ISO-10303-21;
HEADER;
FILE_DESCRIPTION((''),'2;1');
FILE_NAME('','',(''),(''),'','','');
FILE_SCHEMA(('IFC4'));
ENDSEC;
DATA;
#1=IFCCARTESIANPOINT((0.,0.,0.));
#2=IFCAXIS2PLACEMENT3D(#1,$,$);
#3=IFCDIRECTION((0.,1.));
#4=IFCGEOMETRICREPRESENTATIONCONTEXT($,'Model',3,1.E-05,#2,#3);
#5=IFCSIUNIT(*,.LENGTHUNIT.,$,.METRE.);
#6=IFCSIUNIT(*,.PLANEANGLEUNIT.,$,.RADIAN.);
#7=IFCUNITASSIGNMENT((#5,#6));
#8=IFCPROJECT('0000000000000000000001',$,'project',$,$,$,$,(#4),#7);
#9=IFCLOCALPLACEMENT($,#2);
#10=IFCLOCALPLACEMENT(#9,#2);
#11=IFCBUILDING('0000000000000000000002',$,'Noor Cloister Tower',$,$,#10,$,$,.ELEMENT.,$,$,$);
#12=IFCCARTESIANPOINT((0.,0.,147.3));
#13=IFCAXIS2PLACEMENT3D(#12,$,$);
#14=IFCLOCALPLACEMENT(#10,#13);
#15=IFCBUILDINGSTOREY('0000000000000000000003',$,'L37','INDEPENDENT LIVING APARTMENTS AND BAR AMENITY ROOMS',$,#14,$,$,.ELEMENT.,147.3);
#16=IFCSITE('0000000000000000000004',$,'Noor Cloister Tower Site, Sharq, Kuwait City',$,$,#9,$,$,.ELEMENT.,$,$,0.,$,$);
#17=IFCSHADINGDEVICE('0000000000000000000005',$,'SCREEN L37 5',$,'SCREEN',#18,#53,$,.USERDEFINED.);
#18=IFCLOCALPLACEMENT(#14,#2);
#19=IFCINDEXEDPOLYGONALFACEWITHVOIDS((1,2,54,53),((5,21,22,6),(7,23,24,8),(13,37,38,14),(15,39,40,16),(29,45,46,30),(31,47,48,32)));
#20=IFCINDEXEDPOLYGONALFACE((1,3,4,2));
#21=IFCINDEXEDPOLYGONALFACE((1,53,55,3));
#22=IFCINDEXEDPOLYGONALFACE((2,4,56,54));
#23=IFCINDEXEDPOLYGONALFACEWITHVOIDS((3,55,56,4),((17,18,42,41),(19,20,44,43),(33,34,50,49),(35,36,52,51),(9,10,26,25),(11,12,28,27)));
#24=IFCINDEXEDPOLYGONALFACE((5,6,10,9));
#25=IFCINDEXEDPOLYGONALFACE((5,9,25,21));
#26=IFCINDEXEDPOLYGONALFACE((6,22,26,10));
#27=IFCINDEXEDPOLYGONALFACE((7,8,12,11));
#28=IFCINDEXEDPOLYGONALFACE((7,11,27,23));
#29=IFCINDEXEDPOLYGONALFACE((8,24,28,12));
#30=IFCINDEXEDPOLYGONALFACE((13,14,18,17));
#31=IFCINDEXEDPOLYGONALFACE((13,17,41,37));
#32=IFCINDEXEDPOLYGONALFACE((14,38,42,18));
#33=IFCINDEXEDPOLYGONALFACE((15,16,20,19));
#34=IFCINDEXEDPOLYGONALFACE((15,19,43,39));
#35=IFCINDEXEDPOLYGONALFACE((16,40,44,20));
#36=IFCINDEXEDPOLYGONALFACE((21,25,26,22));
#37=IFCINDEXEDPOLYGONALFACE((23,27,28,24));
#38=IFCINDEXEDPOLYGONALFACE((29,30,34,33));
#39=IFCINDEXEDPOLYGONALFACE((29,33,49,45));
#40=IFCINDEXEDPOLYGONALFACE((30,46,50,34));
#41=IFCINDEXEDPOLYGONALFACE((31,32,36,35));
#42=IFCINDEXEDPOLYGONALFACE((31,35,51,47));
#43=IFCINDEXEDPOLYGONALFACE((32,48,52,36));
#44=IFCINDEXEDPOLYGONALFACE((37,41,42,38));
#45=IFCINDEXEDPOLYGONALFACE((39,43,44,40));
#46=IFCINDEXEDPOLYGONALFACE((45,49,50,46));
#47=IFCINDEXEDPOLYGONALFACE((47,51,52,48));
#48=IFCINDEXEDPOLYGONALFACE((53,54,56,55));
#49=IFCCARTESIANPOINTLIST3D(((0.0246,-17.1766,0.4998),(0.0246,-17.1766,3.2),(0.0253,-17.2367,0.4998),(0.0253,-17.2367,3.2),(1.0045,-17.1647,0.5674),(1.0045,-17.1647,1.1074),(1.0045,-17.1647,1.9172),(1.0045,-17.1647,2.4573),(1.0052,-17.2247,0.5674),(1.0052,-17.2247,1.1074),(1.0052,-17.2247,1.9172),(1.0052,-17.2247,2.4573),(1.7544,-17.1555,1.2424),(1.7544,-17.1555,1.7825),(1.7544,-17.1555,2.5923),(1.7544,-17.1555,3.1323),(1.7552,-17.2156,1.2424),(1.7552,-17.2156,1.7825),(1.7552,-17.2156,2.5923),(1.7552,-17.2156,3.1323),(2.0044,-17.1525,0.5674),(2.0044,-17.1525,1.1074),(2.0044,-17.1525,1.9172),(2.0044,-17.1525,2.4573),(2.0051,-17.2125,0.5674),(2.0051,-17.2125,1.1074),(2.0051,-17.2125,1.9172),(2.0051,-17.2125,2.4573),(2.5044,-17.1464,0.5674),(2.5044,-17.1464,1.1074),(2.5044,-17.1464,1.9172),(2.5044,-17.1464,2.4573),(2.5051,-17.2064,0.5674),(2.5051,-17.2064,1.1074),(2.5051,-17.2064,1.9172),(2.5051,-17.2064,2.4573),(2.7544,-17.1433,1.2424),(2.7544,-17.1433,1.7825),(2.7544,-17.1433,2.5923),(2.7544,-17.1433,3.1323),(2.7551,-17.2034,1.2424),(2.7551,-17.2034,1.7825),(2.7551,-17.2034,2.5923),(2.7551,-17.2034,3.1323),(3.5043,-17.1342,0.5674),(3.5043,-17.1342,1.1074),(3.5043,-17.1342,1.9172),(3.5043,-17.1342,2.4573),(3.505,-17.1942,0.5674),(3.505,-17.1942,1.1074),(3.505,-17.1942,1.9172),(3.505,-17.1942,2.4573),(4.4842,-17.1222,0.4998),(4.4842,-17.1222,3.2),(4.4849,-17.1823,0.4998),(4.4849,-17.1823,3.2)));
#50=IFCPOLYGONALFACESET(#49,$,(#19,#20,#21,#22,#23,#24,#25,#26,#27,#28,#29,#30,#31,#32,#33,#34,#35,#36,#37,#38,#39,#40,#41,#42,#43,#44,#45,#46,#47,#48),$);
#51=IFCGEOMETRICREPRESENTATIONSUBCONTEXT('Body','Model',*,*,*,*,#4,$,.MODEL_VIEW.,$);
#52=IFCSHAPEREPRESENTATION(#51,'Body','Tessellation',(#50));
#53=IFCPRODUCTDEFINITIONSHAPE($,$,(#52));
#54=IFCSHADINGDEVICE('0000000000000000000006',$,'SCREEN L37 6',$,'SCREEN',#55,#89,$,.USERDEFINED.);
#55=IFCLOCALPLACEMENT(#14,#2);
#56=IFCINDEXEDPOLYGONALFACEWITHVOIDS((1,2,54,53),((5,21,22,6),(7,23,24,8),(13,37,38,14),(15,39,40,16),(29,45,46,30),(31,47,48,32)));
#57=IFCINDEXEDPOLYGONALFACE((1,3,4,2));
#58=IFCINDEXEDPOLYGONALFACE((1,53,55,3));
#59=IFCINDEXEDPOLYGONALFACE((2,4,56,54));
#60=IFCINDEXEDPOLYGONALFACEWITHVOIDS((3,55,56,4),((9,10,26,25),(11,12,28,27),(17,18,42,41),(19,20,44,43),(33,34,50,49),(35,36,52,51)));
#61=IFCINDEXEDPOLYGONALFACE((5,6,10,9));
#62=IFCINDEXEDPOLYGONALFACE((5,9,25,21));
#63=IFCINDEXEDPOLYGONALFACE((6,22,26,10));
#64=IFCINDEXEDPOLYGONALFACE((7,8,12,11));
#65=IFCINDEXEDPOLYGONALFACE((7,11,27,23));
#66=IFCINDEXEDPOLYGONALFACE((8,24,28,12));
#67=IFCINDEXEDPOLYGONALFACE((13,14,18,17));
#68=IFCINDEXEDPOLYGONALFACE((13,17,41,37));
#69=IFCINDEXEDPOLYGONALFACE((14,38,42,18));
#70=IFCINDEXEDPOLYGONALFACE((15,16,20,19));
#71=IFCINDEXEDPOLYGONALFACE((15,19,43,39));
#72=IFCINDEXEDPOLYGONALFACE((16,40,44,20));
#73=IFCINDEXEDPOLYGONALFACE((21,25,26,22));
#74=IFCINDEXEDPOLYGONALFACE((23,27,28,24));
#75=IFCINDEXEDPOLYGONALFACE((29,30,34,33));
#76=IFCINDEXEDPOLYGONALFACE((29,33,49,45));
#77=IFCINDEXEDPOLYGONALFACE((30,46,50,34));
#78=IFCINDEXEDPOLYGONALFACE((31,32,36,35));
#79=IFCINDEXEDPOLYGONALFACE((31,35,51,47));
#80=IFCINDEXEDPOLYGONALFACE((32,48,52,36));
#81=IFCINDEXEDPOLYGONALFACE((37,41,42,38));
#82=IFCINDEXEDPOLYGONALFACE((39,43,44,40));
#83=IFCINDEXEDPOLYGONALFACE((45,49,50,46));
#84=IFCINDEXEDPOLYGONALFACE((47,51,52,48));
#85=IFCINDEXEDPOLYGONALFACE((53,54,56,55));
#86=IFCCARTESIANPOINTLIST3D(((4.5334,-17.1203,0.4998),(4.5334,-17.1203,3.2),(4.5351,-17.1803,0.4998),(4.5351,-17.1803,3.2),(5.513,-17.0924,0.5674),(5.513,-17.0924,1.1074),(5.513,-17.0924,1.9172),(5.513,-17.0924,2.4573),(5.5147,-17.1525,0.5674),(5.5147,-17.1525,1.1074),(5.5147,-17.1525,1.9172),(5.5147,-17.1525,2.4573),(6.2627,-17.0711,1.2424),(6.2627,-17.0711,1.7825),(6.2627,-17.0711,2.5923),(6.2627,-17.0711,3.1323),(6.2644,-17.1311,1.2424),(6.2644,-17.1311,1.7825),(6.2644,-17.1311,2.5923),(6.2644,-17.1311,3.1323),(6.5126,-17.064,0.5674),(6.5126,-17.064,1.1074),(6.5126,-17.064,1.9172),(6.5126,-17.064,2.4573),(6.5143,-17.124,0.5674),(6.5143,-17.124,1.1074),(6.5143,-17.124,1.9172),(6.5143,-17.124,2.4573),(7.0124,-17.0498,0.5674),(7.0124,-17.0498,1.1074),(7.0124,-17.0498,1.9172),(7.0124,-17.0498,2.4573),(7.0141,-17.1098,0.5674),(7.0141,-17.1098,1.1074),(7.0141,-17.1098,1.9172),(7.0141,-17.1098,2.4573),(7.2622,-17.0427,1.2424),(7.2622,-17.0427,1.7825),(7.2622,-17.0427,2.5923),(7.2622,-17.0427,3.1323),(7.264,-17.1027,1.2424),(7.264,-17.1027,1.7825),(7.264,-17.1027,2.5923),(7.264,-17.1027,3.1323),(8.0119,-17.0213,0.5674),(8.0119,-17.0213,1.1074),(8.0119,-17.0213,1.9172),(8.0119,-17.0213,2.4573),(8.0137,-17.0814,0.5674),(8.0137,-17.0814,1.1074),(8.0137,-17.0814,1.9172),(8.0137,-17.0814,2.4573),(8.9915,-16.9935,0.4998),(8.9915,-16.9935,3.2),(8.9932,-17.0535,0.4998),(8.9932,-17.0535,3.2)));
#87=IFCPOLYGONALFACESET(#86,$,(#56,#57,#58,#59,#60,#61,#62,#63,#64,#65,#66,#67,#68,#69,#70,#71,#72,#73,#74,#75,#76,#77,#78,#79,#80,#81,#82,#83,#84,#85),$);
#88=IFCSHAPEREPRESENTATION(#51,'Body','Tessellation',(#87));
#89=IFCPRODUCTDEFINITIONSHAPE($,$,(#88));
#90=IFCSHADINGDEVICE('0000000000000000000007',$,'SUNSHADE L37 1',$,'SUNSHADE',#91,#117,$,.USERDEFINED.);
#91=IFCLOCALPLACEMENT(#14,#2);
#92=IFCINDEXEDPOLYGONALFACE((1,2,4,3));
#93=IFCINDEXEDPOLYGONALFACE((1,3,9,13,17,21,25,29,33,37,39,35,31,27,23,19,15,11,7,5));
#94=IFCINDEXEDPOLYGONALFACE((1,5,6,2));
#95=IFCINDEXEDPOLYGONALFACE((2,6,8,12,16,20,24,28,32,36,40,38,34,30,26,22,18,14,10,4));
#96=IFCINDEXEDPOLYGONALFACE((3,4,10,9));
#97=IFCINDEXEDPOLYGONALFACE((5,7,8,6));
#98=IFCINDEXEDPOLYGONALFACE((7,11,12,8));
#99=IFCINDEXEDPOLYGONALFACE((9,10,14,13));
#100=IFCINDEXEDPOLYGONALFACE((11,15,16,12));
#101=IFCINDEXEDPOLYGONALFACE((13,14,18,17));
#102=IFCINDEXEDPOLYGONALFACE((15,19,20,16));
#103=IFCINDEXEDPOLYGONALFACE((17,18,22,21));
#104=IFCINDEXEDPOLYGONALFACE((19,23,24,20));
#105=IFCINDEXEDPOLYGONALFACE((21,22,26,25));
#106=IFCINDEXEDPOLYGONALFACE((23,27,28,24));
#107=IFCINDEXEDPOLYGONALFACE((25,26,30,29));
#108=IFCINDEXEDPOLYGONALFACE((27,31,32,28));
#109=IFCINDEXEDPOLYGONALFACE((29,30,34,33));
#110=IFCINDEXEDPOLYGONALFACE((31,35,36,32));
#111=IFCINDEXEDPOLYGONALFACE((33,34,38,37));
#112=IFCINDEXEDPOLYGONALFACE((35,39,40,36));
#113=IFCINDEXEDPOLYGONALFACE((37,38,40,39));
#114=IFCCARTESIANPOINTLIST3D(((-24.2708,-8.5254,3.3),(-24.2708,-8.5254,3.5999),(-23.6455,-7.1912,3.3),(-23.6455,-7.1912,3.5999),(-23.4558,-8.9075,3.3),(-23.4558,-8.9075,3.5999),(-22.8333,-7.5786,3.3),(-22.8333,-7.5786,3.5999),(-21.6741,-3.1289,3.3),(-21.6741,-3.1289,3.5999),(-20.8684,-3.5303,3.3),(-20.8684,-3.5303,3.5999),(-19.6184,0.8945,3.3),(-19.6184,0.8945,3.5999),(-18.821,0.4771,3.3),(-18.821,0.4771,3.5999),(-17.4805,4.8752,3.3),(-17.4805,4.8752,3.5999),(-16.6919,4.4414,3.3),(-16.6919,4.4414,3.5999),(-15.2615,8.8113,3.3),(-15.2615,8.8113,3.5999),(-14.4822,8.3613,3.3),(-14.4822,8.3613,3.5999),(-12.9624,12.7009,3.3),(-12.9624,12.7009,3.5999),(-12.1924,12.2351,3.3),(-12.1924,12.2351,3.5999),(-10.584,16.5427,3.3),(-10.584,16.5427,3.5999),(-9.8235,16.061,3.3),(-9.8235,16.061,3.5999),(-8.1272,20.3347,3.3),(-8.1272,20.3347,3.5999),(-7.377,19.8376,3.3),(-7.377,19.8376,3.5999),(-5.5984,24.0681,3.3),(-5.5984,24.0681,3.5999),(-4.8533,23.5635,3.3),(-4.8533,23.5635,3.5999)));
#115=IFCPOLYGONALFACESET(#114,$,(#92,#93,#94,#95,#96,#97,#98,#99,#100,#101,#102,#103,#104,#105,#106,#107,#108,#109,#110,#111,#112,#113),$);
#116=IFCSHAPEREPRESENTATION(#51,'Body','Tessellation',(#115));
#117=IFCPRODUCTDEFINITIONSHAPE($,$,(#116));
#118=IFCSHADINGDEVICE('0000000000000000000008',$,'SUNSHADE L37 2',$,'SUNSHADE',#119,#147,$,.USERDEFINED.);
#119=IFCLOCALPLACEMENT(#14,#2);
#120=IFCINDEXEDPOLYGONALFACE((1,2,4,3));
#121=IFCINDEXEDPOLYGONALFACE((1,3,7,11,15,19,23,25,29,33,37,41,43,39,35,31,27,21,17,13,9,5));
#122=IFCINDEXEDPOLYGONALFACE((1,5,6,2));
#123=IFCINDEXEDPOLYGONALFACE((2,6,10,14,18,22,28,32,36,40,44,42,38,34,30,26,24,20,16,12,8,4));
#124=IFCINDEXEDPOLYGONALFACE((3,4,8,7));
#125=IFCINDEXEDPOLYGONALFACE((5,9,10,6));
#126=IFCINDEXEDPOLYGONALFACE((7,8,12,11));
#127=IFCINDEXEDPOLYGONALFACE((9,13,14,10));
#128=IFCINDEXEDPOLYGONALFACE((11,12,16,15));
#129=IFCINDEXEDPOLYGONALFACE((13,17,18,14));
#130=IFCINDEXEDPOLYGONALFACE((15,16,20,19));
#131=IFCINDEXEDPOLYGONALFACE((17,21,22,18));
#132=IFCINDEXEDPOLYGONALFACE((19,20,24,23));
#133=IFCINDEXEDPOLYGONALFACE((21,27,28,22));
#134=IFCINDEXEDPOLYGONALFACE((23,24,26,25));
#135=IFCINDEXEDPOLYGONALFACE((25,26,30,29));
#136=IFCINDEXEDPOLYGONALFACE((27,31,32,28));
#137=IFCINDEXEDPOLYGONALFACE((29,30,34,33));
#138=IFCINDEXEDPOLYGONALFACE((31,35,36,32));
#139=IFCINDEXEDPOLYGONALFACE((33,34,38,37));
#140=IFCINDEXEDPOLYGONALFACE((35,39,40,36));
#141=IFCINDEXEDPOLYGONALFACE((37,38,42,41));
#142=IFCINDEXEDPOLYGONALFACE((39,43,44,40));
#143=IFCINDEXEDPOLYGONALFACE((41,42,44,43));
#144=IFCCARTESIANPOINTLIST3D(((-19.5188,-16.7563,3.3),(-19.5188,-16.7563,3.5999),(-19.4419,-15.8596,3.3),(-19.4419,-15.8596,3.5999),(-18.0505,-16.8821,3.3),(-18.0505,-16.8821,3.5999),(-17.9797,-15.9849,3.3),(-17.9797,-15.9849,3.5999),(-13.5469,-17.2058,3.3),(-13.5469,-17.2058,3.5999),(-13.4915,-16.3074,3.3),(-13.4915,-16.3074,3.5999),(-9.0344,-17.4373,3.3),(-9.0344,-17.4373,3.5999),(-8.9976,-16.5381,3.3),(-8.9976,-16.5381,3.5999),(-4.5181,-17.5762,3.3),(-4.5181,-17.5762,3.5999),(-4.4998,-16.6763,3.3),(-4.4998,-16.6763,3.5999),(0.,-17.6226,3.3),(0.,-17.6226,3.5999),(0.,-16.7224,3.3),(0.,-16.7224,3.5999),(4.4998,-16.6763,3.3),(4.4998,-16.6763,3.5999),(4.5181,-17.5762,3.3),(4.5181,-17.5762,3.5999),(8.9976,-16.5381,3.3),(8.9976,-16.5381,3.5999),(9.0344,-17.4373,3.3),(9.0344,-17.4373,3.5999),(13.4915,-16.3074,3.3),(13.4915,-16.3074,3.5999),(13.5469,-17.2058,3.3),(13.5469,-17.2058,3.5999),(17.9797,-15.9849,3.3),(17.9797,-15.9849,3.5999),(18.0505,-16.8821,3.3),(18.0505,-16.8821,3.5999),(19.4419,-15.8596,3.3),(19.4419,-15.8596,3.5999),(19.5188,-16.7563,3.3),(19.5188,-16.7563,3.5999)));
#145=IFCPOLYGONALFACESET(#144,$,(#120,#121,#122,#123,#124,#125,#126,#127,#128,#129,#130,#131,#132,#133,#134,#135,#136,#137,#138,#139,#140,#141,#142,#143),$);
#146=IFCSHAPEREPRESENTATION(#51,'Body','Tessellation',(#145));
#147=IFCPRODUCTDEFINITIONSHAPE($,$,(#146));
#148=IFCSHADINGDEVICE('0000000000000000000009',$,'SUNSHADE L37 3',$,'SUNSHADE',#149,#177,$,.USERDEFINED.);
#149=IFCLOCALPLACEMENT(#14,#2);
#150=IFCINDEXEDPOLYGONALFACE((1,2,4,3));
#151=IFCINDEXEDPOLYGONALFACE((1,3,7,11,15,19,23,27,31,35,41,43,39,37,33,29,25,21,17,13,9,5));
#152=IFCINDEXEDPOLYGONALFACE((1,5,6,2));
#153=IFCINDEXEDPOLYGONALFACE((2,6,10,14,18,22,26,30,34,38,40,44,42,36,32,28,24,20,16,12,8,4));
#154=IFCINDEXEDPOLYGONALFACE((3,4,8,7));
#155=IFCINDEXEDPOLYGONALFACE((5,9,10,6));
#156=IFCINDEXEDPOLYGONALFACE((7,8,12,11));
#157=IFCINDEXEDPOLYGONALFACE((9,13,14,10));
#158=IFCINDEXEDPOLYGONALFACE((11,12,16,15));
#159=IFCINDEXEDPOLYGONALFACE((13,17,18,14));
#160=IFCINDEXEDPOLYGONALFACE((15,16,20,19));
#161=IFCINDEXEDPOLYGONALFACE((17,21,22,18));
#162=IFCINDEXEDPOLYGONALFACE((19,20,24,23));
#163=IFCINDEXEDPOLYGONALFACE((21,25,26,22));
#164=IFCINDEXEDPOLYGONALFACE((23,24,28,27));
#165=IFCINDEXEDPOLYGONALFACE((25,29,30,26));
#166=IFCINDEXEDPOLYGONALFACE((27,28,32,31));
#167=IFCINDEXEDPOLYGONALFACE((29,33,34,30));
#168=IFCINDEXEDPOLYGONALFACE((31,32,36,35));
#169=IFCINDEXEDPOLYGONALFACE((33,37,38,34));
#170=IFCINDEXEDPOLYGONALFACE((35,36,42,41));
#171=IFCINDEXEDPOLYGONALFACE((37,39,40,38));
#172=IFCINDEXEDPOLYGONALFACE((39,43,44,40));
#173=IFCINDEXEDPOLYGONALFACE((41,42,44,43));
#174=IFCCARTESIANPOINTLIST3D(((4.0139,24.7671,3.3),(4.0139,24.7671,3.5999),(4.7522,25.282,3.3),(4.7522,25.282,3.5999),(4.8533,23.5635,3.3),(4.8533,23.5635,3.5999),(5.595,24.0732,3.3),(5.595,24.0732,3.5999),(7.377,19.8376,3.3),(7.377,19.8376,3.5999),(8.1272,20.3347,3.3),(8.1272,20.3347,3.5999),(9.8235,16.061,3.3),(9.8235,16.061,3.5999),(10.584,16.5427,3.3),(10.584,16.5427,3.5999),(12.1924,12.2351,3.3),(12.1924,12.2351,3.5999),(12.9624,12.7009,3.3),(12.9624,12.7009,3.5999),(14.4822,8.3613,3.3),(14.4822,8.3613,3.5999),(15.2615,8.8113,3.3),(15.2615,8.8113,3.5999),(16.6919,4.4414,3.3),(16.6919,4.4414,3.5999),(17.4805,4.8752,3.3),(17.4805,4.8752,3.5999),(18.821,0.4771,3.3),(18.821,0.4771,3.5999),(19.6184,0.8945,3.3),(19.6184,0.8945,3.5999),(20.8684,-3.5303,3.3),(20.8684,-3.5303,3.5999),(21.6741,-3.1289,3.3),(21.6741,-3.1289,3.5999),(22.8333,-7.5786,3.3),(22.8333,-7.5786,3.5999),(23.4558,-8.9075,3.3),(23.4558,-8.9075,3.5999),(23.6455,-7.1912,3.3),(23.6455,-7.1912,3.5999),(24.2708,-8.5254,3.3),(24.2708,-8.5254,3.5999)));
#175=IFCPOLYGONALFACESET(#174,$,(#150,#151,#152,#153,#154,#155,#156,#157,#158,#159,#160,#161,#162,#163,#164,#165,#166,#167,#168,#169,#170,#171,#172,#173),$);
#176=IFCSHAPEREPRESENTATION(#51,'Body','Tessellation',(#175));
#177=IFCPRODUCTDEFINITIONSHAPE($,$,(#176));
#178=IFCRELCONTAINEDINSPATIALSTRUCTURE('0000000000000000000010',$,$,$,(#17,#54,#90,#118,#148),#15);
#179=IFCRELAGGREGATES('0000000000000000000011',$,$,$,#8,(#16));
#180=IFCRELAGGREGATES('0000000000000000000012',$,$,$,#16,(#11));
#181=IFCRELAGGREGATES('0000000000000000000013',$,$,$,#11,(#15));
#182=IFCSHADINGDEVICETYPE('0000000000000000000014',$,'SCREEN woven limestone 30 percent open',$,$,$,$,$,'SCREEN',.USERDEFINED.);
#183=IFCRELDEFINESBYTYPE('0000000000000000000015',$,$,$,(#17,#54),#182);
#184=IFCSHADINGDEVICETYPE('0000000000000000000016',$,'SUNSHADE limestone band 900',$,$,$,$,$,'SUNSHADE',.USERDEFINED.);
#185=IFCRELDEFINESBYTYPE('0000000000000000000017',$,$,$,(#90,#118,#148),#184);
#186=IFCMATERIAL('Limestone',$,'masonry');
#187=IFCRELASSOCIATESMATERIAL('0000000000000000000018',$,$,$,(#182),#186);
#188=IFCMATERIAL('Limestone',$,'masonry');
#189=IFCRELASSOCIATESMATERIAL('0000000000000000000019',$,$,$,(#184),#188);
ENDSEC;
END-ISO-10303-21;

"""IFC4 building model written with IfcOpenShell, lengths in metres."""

from ifc_helpers import new_model, si_unit, direction, frame, origin, place, context, subcontext, project, spatial, polyline, outline, extrude, material, material_profile, profile_set, type_object, element, save


model = new_model("IFC4")

# Units and contexts
model_context = context("Model", 3, precision=1e-05, world=origin(), true_north=direction((0.0, 1.0)))
body_context = subcontext(model_context, "Body", "Model", "MODEL_VIEW")
ifc_project = project(units=[si_unit("LENGTHUNIT", "METRE"), si_unit("PLANEANGLEUNIT", "RADIAN")], contexts=[model_context])

# Site, building, storey
site_placement = place(None, origin())
site = spatial("IfcSite", under=ifc_project, at=site_placement, Name="Noor Cloister Tower Site, Sharq, Kuwait City", CompositionType="ELEMENT", RefElevation=0.0)
building_placement = place(site_placement, origin())
building = spatial("IfcBuilding", under=site, at=building_placement, Name="Noor Cloister Tower", CompositionType="ELEMENT")
storey_placement = place(building_placement, frame((0.0, 0.0, 147.3)))
storey = spatial("IfcBuildingStorey", under=building, at=storey_placement, Name="L37", Description="INDEPENDENT LIVING APARTMENTS AND BAR AMENITY ROOMS", CompositionType="ELEMENT", Elevation=147.3)

# Shading devices
ifc_material_1 = material(Name="Limestone", Category="masonry")
ifc_material_profile_1 = material_profile(ifc_material_1, outline(polyline([(-2.23, -1.3501), (2.23, -1.3501), (2.23, 1.3501), (-2.23, 1.3501), (-2.23, -1.3501)]), holes=[polyline([(-1.25, -1.2825), (-0.25, -1.2825), (-0.25, -0.7424), (-1.25, -0.7424), (-1.25, -1.2825)]), polyline([(0.25, -1.2825), (1.25, -1.2825), (1.25, -0.7424), (0.25, -0.7424), (0.25, -1.2825)]), polyline([(-0.5, -0.6074), (0.5, -0.6074), (0.5, -0.0674), (-0.5, -0.0674), (-0.5, -0.6074)]), polyline([(-1.25, 0.0674), (-0.25, 0.0674), (-0.25, 0.6074), (-1.25, 0.6074), (-1.25, 0.0674)]), polyline([(0.25, 0.0674), (1.25, 0.0674), (1.25, 0.6074), (0.25, 0.6074), (0.25, 0.0674)]), polyline([(-0.5, 0.7424), (0.5, 0.7424), (0.5, 1.2825), (-0.5, 1.2825), (-0.5, 0.7424)])]), Name="Woven screen 30 percent open")
ifc_profile_set_1 = profile_set([ifc_material_profile_1], Name="Limestone")
shading_device_type_1 = type_object("IfcShadingDeviceType", Name="SCREEN woven limestone 30 percent open", ElementType="SCREEN", PredefinedType="USERDEFINED", material=ifc_profile_set_1)
for number, where, z_axis, x_axis, name in (
    (1, (2.2544, -17.1494, 1.8499), (0.012194, -0.999926, 0.0), (0.999926, 0.012194, 0.0), "SCREEN L37 5"),
    (2, (6.7625, -17.0569, 1.8499), (0.028444, -0.999595, 0.0), (0.999595, 0.028444, 0.0), "SCREEN L37 6"),
):
    element("IfcShadingDevice", number, at=place(storey_placement, frame(where, z_axis=z_axis, x_axis=x_axis)), inside=storey, type_object=shading_device_type_1, Name=name, ObjectType="SCREEN", PredefinedType="USERDEFINED", context=body_context, shape_type="SweptSolid", body=[
        extrude(outline(polyline([(-2.23, -1.3501), (2.23, -1.3501), (2.23, 1.3501), (-2.23, 1.3501), (-2.23, -1.3501)]), holes=[polyline([(-1.25, -1.2825), (-0.25, -1.2825), (-0.25, -0.7424), (-1.25, -0.7424), (-1.25, -1.2825)]), polyline([(0.25, -1.2825), (1.25, -1.2825), (1.25, -0.7424), (0.25, -0.7424), (0.25, -1.2825)]), polyline([(-0.5, -0.6074), (0.5, -0.6074), (0.5, -0.0674), (-0.5, -0.0674), (-0.5, -0.6074)]), polyline([(-1.25, 0.0674), (-0.25, 0.0674), (-0.25, 0.6074), (-1.25, 0.6074), (-1.25, 0.0674)]), polyline([(0.25, 0.0674), (1.25, 0.0674), (1.25, 0.6074), (0.25, 0.6074), (0.25, 0.0674)]), polyline([(-0.5, 0.7424), (0.5, 0.7424), (0.5, 1.2825), (-0.5, 1.2825), (-0.5, 0.7424)])]), origin(), (0.0, 0.0, 1.0), 0.0601),
    ])
ifc_material_2 = material(Name="Limestone", Category="masonry")
shading_device_type_2 = type_object("IfcShadingDeviceType", Name="SUNSHADE limestone band 900", ElementType="SUNSHADE", PredefinedType="USERDEFINED", material=ifc_material_2)
shading_device_1_placement = place(storey_placement, frame((0.0, 0.0, 3.3)))
element("IfcShadingDevice", 3, at=shading_device_1_placement, inside=storey, type_object=shading_device_type_2, Name="SUNSHADE L37 1", ObjectType="SUNSHADE", PredefinedType="USERDEFINED", context=body_context, shape_type="SweptSolid", body=[
    extrude(outline(polyline([(-5.5984, 24.0681), (-8.1272, 20.3347), (-10.584, 16.5427), (-12.9624, 12.7009), (-15.2615, 8.8113), (-17.4805, 4.8752), (-19.6184, 0.8945), (-21.6741, -3.1289), (-23.6455, -7.1912), (-24.2708, -8.5254), (-23.4558, -8.9075), (-22.8333, -7.5786), (-20.8684, -3.5303), (-18.821, 0.4771), (-16.6919, 4.4414), (-14.4822, 8.3613), (-12.1924, 12.2351), (-9.8235, 16.061), (-7.377, 19.8376), (-4.8533, 23.5635), (-5.5984, 24.0681)])), origin(), (0.0, 0.0, 1.0), 0.2998),
])
shading_device_2_placement = place(storey_placement, frame((0.0, 0.0, 3.3)))
element("IfcShadingDevice", 4, at=shading_device_2_placement, inside=storey, type_object=shading_device_type_2, Name="SUNSHADE L37 2", ObjectType="SUNSHADE", PredefinedType="USERDEFINED", context=body_context, shape_type="SweptSolid", body=[
    extrude(outline(polyline([(-19.5188, -16.7563), (-18.0505, -16.8821), (-13.5469, -17.2058), (-9.0344, -17.4373), (-4.5181, -17.5762), (0.0, -17.6226), (4.5181, -17.5762), (9.0344, -17.4373), (13.5469, -17.2058), (18.0505, -16.8821), (19.5188, -16.7563), (19.4419, -15.8596), (17.9797, -15.9849), (13.4915, -16.3074), (8.9976, -16.5381), (4.4998, -16.6763), (0.0, -16.7224), (-4.4998, -16.6763), (-8.9976, -16.5381), (-13.4915, -16.3074), (-17.9797, -15.9849), (-19.4419, -15.8596), (-19.5188, -16.7563)])), origin(), (0.0, 0.0, 1.0), 0.2998),
])
shading_device_3_placement = place(storey_placement, frame((0.0, 0.0, 3.3)))
element("IfcShadingDevice", 5, at=shading_device_3_placement, inside=storey, type_object=shading_device_type_2, Name="SUNSHADE L37 3", ObjectType="SUNSHADE", PredefinedType="USERDEFINED", context=body_context, shape_type="SweptSolid", body=[
    extrude(outline(polyline([(24.2708, -8.5254), (23.6455, -7.1912), (21.6741, -3.1289), (19.6184, 0.8945), (17.4805, 4.8752), (15.2615, 8.8113), (12.9624, 12.7009), (10.584, 16.5427), (8.1272, 20.3347), (5.595, 24.0732), (4.7522, 25.282), (4.0139, 24.7671), (4.8533, 23.5635), (7.377, 19.8376), (9.8235, 16.061), (12.1924, 12.2351), (14.4822, 8.3613), (16.6919, 4.4414), (18.821, 0.4771), (20.8684, -3.5303), (22.8333, -7.5786), (23.4558, -8.9075), (24.2708, -8.5254)])), origin(), (0.0, 0.0, 1.0), 0.2998),
])

save(model, "model.ifc")
